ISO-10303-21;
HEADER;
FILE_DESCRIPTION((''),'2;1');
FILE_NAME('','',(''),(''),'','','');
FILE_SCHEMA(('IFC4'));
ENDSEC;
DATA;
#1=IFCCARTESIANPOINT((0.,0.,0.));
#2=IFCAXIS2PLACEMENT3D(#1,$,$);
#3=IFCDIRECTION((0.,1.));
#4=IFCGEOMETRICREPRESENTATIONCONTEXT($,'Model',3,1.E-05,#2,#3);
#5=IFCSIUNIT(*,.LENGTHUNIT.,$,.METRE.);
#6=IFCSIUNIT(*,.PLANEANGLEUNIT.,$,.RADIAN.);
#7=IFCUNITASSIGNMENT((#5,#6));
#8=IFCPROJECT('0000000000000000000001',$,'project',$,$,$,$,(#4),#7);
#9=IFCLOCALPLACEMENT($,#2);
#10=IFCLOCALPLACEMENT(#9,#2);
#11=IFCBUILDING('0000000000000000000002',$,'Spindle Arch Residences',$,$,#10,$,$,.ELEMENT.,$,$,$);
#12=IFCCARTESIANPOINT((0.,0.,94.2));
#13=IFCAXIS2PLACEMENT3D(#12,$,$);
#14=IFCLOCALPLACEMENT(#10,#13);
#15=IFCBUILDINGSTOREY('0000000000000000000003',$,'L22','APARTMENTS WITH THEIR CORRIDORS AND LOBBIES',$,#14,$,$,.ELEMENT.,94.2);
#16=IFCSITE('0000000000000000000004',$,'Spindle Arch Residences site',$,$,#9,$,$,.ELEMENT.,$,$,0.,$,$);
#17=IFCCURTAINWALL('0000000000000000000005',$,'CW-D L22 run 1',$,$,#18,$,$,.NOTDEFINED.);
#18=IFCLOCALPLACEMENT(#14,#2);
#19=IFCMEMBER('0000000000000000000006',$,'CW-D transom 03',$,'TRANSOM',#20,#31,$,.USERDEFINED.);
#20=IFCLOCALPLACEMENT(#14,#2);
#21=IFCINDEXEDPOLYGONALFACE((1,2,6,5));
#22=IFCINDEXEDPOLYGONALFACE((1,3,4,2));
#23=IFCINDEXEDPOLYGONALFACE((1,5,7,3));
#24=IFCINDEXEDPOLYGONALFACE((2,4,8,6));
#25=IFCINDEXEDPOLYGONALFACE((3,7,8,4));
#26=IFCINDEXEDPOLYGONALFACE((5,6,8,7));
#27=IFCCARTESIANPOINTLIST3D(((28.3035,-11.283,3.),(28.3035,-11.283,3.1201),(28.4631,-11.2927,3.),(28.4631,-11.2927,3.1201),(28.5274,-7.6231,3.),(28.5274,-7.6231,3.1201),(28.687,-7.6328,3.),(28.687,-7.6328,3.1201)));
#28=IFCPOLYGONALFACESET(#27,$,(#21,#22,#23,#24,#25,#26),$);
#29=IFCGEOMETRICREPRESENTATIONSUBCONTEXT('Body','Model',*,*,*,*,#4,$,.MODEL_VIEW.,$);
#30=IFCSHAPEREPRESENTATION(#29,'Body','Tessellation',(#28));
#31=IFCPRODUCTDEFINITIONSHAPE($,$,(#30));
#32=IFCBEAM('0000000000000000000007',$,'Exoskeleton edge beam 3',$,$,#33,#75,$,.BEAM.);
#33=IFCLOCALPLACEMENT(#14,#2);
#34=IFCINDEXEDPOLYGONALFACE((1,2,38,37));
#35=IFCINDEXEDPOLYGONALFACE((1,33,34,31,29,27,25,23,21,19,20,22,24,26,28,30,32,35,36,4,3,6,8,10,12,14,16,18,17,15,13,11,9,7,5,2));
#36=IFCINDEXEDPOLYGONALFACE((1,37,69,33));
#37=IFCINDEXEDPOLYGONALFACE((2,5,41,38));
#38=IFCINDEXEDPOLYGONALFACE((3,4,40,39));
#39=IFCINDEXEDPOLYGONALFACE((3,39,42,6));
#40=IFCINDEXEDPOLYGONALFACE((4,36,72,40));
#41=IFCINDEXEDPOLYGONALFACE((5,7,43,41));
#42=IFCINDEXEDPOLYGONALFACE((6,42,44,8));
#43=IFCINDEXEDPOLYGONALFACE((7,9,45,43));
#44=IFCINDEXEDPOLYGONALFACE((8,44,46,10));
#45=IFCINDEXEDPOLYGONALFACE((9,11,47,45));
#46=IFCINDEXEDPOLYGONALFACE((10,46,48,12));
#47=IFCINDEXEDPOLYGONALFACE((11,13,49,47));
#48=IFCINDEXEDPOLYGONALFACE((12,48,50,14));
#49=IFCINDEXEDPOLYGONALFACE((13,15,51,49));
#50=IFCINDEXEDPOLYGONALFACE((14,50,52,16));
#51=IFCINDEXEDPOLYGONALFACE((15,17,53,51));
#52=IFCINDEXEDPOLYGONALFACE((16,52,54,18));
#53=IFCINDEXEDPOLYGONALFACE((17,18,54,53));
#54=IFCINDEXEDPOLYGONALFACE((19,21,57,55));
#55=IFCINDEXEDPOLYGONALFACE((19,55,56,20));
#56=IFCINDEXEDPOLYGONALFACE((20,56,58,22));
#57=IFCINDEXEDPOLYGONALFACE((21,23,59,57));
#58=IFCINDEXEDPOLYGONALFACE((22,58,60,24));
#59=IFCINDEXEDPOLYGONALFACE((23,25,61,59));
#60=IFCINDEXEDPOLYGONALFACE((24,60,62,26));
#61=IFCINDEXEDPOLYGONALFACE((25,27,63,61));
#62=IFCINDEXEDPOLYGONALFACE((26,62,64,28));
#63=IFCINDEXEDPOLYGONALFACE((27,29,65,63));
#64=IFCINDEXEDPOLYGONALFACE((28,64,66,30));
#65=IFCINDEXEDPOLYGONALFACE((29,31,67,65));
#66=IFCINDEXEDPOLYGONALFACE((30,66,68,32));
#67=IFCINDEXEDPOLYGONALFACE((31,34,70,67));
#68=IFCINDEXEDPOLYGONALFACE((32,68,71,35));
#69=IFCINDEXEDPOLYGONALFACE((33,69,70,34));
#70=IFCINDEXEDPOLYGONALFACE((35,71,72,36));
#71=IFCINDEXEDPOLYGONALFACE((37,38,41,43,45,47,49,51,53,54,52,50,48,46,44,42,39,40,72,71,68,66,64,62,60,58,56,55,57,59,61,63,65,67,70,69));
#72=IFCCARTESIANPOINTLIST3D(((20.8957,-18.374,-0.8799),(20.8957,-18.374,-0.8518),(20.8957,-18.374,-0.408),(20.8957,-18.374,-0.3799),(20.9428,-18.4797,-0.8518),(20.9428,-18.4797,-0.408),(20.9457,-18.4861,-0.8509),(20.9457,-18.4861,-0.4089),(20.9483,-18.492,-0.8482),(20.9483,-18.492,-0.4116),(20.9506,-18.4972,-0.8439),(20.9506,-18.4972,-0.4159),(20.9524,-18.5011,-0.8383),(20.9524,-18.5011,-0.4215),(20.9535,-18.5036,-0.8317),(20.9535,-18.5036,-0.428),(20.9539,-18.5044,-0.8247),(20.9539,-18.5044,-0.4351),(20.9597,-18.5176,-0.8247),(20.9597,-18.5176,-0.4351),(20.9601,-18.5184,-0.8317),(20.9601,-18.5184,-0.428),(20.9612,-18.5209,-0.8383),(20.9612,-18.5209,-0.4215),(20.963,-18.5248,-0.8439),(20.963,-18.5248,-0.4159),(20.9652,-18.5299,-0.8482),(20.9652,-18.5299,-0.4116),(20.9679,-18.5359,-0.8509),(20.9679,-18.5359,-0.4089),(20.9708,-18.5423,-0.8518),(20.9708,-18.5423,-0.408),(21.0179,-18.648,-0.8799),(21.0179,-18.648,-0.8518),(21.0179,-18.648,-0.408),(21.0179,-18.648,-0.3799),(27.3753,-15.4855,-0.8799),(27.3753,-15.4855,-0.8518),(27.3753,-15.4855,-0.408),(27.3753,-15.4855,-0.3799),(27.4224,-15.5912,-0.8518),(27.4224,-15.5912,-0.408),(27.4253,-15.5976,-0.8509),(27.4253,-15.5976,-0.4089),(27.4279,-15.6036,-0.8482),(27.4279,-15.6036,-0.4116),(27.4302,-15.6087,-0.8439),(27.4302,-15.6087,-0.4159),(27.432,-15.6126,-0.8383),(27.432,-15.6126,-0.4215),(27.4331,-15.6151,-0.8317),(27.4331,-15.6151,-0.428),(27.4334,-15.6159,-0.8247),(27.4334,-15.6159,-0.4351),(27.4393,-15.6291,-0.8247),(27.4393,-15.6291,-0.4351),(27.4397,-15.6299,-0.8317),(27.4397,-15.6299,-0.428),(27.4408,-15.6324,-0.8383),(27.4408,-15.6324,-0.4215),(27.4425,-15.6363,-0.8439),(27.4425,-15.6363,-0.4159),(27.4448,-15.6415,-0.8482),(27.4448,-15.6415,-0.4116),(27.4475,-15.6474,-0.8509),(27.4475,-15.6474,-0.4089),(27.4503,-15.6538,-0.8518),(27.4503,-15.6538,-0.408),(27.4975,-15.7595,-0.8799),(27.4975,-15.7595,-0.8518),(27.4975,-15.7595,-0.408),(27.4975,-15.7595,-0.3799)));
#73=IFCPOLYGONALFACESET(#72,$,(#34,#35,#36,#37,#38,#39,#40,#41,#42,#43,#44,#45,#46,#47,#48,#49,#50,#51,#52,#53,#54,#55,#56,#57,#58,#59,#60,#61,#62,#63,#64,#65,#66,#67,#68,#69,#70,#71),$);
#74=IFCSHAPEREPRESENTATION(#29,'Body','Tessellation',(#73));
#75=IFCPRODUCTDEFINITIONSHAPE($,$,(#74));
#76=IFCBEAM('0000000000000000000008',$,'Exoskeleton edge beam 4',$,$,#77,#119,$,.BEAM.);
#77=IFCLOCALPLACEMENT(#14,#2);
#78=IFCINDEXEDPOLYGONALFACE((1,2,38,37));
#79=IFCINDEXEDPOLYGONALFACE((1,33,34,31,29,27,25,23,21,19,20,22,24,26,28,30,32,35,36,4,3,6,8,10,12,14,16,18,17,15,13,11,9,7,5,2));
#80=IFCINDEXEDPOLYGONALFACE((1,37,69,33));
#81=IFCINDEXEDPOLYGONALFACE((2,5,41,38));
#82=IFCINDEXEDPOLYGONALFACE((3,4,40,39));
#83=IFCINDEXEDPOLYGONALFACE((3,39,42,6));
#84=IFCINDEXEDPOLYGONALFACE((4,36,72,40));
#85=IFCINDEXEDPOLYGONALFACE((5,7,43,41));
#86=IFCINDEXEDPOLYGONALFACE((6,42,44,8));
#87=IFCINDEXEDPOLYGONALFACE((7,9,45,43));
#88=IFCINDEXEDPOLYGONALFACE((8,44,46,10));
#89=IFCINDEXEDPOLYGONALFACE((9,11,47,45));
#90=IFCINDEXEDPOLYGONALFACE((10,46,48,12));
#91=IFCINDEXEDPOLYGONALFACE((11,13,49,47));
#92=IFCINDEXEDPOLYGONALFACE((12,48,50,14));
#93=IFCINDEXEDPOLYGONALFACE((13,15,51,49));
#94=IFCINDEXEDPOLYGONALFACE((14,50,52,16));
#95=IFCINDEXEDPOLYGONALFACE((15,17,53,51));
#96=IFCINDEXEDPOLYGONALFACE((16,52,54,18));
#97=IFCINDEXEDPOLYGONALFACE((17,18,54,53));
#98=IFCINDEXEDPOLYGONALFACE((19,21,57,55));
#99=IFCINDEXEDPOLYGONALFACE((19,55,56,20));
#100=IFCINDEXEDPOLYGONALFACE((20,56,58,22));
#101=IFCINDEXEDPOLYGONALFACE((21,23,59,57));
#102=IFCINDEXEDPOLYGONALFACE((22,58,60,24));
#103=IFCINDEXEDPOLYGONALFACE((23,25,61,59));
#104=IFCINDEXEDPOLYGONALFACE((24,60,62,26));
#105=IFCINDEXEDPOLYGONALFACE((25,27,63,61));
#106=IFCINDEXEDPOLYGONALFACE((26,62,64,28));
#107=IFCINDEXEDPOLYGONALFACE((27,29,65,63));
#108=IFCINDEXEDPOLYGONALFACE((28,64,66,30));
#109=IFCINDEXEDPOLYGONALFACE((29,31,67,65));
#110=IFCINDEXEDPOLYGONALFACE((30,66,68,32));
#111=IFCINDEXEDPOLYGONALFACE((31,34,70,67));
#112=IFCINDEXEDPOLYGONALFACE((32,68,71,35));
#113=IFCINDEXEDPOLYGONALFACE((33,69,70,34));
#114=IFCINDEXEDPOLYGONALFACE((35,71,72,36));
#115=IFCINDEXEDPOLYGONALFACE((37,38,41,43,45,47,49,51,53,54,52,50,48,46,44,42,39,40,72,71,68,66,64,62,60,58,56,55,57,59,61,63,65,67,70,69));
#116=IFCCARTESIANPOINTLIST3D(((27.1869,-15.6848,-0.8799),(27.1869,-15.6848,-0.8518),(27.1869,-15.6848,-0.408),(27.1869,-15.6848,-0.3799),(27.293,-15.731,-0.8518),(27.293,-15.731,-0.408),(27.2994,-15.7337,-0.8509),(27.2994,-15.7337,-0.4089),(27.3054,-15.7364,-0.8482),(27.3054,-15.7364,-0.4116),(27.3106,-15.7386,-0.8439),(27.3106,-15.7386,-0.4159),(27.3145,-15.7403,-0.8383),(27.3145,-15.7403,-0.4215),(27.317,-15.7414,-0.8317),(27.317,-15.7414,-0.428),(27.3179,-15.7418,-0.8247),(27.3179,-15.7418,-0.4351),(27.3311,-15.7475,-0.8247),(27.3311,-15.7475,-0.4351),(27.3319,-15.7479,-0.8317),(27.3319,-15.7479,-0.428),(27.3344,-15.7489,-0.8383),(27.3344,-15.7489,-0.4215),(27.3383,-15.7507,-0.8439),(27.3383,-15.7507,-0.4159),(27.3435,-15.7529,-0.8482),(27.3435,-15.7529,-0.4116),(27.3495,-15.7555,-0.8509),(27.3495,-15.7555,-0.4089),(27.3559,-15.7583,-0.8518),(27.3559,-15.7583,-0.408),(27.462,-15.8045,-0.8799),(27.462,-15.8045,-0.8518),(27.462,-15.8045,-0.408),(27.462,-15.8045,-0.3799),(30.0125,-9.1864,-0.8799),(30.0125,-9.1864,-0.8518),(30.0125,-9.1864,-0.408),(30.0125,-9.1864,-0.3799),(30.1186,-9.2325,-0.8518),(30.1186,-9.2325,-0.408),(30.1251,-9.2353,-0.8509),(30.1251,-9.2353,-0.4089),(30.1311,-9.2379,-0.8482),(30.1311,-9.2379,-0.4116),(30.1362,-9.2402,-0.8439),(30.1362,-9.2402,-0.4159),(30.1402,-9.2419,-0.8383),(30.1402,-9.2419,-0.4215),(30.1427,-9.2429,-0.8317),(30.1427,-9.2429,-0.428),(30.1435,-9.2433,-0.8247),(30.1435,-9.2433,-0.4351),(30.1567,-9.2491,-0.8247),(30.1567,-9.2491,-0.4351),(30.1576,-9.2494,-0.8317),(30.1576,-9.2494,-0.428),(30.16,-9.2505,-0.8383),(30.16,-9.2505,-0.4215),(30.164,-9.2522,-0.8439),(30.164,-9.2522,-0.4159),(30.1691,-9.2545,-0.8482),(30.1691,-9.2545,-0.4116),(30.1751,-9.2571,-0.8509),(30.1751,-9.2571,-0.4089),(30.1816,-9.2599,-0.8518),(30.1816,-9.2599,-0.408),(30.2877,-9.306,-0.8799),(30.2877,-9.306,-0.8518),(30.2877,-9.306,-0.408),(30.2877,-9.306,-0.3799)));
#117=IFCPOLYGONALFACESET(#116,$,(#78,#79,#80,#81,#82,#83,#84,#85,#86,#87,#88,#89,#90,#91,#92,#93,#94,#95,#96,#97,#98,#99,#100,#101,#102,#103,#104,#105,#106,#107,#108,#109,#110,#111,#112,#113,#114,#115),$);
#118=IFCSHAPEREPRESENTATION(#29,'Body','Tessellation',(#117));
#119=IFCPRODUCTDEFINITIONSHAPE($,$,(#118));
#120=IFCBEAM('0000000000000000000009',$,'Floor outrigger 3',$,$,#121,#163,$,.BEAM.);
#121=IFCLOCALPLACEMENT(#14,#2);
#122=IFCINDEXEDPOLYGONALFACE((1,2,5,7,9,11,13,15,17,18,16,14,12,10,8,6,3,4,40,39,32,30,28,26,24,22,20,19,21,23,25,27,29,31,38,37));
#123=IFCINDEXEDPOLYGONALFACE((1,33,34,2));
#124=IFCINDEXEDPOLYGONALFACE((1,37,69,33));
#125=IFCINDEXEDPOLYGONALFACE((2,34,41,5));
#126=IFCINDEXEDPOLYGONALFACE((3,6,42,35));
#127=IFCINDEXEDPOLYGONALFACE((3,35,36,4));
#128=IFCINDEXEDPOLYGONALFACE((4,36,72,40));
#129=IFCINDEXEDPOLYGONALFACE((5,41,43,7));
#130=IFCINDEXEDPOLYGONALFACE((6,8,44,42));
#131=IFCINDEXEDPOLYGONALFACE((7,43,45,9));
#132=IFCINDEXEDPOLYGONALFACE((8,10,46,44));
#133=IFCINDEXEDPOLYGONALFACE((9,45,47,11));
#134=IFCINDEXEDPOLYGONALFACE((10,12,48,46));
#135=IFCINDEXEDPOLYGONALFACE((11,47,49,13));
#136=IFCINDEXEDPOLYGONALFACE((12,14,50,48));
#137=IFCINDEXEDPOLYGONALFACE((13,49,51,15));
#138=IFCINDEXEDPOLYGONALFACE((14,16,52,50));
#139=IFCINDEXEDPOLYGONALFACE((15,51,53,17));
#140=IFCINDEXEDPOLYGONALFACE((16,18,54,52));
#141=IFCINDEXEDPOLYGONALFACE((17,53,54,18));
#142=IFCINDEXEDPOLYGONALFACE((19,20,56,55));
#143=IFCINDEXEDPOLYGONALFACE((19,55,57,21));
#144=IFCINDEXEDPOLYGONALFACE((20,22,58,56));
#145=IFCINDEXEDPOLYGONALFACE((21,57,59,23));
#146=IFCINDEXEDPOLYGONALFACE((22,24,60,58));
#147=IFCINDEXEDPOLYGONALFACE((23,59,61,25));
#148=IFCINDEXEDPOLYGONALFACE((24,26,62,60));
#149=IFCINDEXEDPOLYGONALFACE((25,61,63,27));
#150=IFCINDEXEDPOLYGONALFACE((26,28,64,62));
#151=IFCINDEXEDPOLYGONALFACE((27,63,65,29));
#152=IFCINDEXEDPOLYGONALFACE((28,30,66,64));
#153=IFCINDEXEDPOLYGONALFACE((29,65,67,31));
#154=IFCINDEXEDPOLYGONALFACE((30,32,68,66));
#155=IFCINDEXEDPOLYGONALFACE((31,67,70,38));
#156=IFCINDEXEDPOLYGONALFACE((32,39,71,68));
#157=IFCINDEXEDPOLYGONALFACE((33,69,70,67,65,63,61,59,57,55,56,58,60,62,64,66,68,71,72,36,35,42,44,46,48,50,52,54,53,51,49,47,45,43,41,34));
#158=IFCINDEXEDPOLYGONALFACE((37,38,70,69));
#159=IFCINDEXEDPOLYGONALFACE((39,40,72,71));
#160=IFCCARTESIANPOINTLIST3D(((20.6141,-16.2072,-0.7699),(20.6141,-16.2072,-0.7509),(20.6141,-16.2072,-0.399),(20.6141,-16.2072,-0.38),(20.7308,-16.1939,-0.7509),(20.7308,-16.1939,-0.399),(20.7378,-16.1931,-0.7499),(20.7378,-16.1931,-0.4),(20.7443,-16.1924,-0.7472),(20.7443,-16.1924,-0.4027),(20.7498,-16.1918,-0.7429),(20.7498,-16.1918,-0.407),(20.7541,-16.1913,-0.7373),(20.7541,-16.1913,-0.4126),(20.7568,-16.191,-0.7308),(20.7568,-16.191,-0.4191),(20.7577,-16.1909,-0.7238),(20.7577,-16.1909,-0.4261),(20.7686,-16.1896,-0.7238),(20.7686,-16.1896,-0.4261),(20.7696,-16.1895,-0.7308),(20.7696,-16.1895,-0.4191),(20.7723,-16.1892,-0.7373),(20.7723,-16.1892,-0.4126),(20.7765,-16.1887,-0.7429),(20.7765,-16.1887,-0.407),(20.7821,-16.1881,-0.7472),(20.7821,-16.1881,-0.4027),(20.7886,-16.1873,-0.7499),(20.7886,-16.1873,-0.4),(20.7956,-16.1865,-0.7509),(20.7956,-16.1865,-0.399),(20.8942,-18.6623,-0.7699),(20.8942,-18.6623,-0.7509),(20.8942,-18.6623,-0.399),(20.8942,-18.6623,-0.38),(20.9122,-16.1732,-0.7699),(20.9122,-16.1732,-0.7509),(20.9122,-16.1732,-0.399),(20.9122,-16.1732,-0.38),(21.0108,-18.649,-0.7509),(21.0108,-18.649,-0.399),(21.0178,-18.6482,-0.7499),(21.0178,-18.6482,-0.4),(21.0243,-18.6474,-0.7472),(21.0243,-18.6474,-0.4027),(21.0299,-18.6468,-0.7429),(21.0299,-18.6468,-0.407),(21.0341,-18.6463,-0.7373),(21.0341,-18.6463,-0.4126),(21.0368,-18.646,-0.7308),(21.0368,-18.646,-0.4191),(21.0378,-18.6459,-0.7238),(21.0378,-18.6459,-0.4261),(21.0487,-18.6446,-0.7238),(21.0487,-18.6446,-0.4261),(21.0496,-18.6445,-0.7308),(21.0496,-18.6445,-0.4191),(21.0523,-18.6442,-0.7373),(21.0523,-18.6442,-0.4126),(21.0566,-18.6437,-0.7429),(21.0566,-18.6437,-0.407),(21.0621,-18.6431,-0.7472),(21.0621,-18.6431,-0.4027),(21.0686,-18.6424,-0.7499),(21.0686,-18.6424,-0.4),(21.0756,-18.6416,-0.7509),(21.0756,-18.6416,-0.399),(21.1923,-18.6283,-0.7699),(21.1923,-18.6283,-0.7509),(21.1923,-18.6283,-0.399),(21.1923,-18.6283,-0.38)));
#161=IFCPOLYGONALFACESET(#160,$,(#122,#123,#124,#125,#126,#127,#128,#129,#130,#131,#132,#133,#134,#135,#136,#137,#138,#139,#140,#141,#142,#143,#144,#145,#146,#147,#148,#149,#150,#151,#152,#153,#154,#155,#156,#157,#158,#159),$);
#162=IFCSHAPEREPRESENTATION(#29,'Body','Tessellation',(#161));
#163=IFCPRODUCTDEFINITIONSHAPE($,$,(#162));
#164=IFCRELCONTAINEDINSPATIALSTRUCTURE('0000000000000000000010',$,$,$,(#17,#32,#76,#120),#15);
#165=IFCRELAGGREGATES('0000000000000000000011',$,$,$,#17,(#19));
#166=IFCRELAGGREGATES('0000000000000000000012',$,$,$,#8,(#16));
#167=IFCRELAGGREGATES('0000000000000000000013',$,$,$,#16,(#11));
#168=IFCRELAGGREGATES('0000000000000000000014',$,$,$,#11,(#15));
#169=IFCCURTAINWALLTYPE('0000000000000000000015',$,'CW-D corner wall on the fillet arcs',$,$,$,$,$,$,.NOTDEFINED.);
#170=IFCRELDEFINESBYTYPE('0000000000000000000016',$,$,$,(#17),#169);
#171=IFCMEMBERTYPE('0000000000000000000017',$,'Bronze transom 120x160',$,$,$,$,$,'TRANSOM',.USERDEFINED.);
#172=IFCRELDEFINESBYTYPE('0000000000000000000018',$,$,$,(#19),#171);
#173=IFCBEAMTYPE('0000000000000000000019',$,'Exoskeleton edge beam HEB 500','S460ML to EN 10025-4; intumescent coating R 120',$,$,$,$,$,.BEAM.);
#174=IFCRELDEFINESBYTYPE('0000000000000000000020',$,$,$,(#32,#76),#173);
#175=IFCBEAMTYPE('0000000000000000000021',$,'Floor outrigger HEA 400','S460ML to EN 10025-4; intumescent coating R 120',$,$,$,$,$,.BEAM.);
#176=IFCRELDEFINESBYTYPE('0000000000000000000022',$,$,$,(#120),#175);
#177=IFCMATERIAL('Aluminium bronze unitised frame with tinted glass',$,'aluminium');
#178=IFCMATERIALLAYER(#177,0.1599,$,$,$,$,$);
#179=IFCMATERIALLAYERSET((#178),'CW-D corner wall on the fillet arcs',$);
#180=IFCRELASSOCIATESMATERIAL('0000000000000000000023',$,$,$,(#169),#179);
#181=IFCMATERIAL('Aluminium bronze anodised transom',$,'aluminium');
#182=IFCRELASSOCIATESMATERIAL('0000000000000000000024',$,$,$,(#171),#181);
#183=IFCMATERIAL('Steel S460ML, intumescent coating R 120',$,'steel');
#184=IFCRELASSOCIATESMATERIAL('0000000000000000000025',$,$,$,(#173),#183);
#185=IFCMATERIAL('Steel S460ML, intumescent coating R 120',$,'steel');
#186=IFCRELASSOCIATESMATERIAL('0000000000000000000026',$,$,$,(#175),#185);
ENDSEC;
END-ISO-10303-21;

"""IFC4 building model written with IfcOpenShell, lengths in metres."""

from ifc_helpers import new_model, si_unit, direction, frame, origin, origin_2d, place, context, subcontext, project, spatial, rectangle, i_section, extrude, material, layer, layer_set, material_profile, profile_set, type_object, element, aggregate, save


model = new_model("IFC4")

# Units and contexts
model_context = context("Model", 3, precision=1e-05, world=origin(), true_north=direction((0.0, 1.0)))
body_context = subcontext(model_context, "Body", "Model", "MODEL_VIEW")
ifc_project = project(units=[si_unit("LENGTHUNIT", "METRE"), si_unit("PLANEANGLEUNIT", "RADIAN")], contexts=[model_context])

# Site, building, storey
site_placement = place(None, origin())
site = spatial("IfcSite", under=ifc_project, at=site_placement, Name="Spindle Arch Residences site", CompositionType="ELEMENT", RefElevation=0.0)
building_placement = place(site_placement, origin())
building = spatial("IfcBuilding", under=site, at=building_placement, Name="Spindle Arch Residences", CompositionType="ELEMENT")
storey_placement = place(building_placement, frame((0.0, 0.0, 94.2)))
storey = spatial("IfcBuildingStorey", under=building, at=storey_placement, Name="L22", Description="APARTMENTS WITH THEIR CORRIDORS AND LOBBIES", CompositionType="ELEMENT", Elevation=94.2)

# Curtain wall, member
ifc_material_1 = material(Name="Aluminium bronze unitised frame with tinted glass", Category="aluminium")
ifc_layer_1 = layer(ifc_material_1, 0.1599)
ifc_layer_set_1 = layer_set([ifc_layer_1], Name="CW-D corner wall on the fillet arcs")
curtain_wall_type_1 = type_object("IfcCurtainWallType", Name="CW-D corner wall on the fillet arcs", PredefinedType="NOTDEFINED", material=ifc_layer_set_1)
curtain_wall_1_placement = place(storey_placement, origin())
curtain_wall_1 = element("IfcCurtainWall", 1, at=curtain_wall_1_placement, inside=storey, type_object=curtain_wall_type_1, Name="CW-D L22 run 1", PredefinedType="NOTDEFINED")
ifc_material_2 = material(Name="Aluminium bronze anodised transom", Category="aluminium")
ifc_material_profile_1 = material_profile(ifc_material_2, rectangle(XDim=0.1599, YDim=0.1201, at=origin_2d()), Name="TR 120x160")
ifc_profile_set_1 = profile_set([ifc_material_profile_1], Name="Aluminium bronze anodised transom")
member_type_1 = type_object("IfcMemberType", Name="Bronze transom 120x160", ElementType="TRANSOM", PredefinedType="USERDEFINED", material=ifc_profile_set_1)
member_1_placement = place(storey_placement, frame((28.3833, -11.2878, 3.0601), z_axis=(0.061056, 0.998134, 0.0), x_axis=(-0.998134, 0.061056, 0.0)))
member_1 = element("IfcMember", 2, at=member_1_placement, type_object=member_type_1, Name="CW-D transom 03", ObjectType="TRANSOM", PredefinedType="USERDEFINED", context=body_context, shape_type="SweptSolid", body=[
    extrude(rectangle(XDim=0.1599, YDim=0.1201, at=origin_2d()), origin(), (0.0, 0.0, 1.0), 3.6667),
])

# Beams
ifc_material_3 = material(Name="Steel S460ML, intumescent coating R 120", Category="steel")
ifc_material_profile_2 = material_profile(ifc_material_3, i_section(OverallWidth=0.3, OverallDepth=0.5, WebThickness=0.0144, FlangeThickness=0.0281, FilletRadius=0.0271, at=origin_2d()), Name="HEB 500")
ifc_profile_set_2 = profile_set([ifc_material_profile_2], Name="Steel S460ML, intumescent coating R 120")
beam_type_1 = type_object("IfcBeamType", Name="Exoskeleton edge beam HEB 500", Description="S460ML to EN 10025-4; intumescent coating R 120", PredefinedType="BEAM", material=ifc_profile_set_2)
beam_1_placement = place(storey_placement, frame((20.9568, -18.511, -0.6299), z_axis=(0.913358, 0.407157, 0.0), x_axis=(-0.407157, 0.913358, 0.0)))
element("IfcBeam", 3, at=beam_1_placement, inside=storey, type_object=beam_type_1, Name="Exoskeleton edge beam 3", PredefinedType="BEAM", context=body_context, shape_type="SweptSolid", body=[
    extrude(i_section(OverallWidth=0.3, OverallDepth=0.5, WebThickness=0.0144, FlangeThickness=0.0281, FilletRadius=0.0271, at=origin_2d()), origin(), (0.0, 0.0, 1.0), 7.0942),
])
beam_2_placement = place(storey_placement, frame((27.3245, -15.7446, -0.6299), z_axis=(0.398754, 0.917058, 0.0), x_axis=(-0.917058, 0.398754, 0.0)))
element("IfcBeam", 4, at=beam_2_placement, inside=storey, type_object=beam_type_1, Name="Exoskeleton edge beam 4", PredefinedType="BEAM", context=body_context, shape_type="SweptSolid", body=[
    extrude(i_section(OverallWidth=0.3, OverallDepth=0.5, WebThickness=0.0144, FlangeThickness=0.0281, FilletRadius=0.0271, at=origin_2d()), origin(), (0.0, 0.0, 1.0), 7.0862),
])
ifc_material_4 = material(Name="Steel S460ML, intumescent coating R 120", Category="steel")
ifc_material_profile_3 = material_profile(ifc_material_4, i_section(OverallWidth=0.3, OverallDepth=0.3899, WebThickness=0.011, FlangeThickness=0.019, FilletRadius=0.0271, at=origin_2d()), Name="HEA 400")
ifc_profile_set_3 = profile_set([ifc_material_profile_3], Name="Steel S460ML, intumescent coating R 120")
beam_type_2 = type_object("IfcBeamType", Name="Floor outrigger HEA 400", Description="S460ML to EN 10025-4; intumescent coating R 120", PredefinedType="BEAM", material=ifc_profile_set_3)
beam_3_placement = place(storey_placement, frame((21.0432, -18.6453, -0.575), z_axis=(-0.113326, 0.993558, 0.0), x_axis=(-0.993558, -0.113326, 0.0)))
element("IfcBeam", 5, at=beam_3_placement, inside=storey, type_object=beam_type_2, Name="Floor outrigger 3", PredefinedType="BEAM", context=body_context, shape_type="SweptSolid", body=[
    extrude(i_section(OverallWidth=0.3, OverallDepth=0.3899, WebThickness=0.011, FlangeThickness=0.019, FilletRadius=0.0271, at=origin_2d()), origin(), (0.0, 0.0, 1.0), 2.4709),
])

aggregate(curtain_wall_1, [member_1])

save(model, "model.ifc")
